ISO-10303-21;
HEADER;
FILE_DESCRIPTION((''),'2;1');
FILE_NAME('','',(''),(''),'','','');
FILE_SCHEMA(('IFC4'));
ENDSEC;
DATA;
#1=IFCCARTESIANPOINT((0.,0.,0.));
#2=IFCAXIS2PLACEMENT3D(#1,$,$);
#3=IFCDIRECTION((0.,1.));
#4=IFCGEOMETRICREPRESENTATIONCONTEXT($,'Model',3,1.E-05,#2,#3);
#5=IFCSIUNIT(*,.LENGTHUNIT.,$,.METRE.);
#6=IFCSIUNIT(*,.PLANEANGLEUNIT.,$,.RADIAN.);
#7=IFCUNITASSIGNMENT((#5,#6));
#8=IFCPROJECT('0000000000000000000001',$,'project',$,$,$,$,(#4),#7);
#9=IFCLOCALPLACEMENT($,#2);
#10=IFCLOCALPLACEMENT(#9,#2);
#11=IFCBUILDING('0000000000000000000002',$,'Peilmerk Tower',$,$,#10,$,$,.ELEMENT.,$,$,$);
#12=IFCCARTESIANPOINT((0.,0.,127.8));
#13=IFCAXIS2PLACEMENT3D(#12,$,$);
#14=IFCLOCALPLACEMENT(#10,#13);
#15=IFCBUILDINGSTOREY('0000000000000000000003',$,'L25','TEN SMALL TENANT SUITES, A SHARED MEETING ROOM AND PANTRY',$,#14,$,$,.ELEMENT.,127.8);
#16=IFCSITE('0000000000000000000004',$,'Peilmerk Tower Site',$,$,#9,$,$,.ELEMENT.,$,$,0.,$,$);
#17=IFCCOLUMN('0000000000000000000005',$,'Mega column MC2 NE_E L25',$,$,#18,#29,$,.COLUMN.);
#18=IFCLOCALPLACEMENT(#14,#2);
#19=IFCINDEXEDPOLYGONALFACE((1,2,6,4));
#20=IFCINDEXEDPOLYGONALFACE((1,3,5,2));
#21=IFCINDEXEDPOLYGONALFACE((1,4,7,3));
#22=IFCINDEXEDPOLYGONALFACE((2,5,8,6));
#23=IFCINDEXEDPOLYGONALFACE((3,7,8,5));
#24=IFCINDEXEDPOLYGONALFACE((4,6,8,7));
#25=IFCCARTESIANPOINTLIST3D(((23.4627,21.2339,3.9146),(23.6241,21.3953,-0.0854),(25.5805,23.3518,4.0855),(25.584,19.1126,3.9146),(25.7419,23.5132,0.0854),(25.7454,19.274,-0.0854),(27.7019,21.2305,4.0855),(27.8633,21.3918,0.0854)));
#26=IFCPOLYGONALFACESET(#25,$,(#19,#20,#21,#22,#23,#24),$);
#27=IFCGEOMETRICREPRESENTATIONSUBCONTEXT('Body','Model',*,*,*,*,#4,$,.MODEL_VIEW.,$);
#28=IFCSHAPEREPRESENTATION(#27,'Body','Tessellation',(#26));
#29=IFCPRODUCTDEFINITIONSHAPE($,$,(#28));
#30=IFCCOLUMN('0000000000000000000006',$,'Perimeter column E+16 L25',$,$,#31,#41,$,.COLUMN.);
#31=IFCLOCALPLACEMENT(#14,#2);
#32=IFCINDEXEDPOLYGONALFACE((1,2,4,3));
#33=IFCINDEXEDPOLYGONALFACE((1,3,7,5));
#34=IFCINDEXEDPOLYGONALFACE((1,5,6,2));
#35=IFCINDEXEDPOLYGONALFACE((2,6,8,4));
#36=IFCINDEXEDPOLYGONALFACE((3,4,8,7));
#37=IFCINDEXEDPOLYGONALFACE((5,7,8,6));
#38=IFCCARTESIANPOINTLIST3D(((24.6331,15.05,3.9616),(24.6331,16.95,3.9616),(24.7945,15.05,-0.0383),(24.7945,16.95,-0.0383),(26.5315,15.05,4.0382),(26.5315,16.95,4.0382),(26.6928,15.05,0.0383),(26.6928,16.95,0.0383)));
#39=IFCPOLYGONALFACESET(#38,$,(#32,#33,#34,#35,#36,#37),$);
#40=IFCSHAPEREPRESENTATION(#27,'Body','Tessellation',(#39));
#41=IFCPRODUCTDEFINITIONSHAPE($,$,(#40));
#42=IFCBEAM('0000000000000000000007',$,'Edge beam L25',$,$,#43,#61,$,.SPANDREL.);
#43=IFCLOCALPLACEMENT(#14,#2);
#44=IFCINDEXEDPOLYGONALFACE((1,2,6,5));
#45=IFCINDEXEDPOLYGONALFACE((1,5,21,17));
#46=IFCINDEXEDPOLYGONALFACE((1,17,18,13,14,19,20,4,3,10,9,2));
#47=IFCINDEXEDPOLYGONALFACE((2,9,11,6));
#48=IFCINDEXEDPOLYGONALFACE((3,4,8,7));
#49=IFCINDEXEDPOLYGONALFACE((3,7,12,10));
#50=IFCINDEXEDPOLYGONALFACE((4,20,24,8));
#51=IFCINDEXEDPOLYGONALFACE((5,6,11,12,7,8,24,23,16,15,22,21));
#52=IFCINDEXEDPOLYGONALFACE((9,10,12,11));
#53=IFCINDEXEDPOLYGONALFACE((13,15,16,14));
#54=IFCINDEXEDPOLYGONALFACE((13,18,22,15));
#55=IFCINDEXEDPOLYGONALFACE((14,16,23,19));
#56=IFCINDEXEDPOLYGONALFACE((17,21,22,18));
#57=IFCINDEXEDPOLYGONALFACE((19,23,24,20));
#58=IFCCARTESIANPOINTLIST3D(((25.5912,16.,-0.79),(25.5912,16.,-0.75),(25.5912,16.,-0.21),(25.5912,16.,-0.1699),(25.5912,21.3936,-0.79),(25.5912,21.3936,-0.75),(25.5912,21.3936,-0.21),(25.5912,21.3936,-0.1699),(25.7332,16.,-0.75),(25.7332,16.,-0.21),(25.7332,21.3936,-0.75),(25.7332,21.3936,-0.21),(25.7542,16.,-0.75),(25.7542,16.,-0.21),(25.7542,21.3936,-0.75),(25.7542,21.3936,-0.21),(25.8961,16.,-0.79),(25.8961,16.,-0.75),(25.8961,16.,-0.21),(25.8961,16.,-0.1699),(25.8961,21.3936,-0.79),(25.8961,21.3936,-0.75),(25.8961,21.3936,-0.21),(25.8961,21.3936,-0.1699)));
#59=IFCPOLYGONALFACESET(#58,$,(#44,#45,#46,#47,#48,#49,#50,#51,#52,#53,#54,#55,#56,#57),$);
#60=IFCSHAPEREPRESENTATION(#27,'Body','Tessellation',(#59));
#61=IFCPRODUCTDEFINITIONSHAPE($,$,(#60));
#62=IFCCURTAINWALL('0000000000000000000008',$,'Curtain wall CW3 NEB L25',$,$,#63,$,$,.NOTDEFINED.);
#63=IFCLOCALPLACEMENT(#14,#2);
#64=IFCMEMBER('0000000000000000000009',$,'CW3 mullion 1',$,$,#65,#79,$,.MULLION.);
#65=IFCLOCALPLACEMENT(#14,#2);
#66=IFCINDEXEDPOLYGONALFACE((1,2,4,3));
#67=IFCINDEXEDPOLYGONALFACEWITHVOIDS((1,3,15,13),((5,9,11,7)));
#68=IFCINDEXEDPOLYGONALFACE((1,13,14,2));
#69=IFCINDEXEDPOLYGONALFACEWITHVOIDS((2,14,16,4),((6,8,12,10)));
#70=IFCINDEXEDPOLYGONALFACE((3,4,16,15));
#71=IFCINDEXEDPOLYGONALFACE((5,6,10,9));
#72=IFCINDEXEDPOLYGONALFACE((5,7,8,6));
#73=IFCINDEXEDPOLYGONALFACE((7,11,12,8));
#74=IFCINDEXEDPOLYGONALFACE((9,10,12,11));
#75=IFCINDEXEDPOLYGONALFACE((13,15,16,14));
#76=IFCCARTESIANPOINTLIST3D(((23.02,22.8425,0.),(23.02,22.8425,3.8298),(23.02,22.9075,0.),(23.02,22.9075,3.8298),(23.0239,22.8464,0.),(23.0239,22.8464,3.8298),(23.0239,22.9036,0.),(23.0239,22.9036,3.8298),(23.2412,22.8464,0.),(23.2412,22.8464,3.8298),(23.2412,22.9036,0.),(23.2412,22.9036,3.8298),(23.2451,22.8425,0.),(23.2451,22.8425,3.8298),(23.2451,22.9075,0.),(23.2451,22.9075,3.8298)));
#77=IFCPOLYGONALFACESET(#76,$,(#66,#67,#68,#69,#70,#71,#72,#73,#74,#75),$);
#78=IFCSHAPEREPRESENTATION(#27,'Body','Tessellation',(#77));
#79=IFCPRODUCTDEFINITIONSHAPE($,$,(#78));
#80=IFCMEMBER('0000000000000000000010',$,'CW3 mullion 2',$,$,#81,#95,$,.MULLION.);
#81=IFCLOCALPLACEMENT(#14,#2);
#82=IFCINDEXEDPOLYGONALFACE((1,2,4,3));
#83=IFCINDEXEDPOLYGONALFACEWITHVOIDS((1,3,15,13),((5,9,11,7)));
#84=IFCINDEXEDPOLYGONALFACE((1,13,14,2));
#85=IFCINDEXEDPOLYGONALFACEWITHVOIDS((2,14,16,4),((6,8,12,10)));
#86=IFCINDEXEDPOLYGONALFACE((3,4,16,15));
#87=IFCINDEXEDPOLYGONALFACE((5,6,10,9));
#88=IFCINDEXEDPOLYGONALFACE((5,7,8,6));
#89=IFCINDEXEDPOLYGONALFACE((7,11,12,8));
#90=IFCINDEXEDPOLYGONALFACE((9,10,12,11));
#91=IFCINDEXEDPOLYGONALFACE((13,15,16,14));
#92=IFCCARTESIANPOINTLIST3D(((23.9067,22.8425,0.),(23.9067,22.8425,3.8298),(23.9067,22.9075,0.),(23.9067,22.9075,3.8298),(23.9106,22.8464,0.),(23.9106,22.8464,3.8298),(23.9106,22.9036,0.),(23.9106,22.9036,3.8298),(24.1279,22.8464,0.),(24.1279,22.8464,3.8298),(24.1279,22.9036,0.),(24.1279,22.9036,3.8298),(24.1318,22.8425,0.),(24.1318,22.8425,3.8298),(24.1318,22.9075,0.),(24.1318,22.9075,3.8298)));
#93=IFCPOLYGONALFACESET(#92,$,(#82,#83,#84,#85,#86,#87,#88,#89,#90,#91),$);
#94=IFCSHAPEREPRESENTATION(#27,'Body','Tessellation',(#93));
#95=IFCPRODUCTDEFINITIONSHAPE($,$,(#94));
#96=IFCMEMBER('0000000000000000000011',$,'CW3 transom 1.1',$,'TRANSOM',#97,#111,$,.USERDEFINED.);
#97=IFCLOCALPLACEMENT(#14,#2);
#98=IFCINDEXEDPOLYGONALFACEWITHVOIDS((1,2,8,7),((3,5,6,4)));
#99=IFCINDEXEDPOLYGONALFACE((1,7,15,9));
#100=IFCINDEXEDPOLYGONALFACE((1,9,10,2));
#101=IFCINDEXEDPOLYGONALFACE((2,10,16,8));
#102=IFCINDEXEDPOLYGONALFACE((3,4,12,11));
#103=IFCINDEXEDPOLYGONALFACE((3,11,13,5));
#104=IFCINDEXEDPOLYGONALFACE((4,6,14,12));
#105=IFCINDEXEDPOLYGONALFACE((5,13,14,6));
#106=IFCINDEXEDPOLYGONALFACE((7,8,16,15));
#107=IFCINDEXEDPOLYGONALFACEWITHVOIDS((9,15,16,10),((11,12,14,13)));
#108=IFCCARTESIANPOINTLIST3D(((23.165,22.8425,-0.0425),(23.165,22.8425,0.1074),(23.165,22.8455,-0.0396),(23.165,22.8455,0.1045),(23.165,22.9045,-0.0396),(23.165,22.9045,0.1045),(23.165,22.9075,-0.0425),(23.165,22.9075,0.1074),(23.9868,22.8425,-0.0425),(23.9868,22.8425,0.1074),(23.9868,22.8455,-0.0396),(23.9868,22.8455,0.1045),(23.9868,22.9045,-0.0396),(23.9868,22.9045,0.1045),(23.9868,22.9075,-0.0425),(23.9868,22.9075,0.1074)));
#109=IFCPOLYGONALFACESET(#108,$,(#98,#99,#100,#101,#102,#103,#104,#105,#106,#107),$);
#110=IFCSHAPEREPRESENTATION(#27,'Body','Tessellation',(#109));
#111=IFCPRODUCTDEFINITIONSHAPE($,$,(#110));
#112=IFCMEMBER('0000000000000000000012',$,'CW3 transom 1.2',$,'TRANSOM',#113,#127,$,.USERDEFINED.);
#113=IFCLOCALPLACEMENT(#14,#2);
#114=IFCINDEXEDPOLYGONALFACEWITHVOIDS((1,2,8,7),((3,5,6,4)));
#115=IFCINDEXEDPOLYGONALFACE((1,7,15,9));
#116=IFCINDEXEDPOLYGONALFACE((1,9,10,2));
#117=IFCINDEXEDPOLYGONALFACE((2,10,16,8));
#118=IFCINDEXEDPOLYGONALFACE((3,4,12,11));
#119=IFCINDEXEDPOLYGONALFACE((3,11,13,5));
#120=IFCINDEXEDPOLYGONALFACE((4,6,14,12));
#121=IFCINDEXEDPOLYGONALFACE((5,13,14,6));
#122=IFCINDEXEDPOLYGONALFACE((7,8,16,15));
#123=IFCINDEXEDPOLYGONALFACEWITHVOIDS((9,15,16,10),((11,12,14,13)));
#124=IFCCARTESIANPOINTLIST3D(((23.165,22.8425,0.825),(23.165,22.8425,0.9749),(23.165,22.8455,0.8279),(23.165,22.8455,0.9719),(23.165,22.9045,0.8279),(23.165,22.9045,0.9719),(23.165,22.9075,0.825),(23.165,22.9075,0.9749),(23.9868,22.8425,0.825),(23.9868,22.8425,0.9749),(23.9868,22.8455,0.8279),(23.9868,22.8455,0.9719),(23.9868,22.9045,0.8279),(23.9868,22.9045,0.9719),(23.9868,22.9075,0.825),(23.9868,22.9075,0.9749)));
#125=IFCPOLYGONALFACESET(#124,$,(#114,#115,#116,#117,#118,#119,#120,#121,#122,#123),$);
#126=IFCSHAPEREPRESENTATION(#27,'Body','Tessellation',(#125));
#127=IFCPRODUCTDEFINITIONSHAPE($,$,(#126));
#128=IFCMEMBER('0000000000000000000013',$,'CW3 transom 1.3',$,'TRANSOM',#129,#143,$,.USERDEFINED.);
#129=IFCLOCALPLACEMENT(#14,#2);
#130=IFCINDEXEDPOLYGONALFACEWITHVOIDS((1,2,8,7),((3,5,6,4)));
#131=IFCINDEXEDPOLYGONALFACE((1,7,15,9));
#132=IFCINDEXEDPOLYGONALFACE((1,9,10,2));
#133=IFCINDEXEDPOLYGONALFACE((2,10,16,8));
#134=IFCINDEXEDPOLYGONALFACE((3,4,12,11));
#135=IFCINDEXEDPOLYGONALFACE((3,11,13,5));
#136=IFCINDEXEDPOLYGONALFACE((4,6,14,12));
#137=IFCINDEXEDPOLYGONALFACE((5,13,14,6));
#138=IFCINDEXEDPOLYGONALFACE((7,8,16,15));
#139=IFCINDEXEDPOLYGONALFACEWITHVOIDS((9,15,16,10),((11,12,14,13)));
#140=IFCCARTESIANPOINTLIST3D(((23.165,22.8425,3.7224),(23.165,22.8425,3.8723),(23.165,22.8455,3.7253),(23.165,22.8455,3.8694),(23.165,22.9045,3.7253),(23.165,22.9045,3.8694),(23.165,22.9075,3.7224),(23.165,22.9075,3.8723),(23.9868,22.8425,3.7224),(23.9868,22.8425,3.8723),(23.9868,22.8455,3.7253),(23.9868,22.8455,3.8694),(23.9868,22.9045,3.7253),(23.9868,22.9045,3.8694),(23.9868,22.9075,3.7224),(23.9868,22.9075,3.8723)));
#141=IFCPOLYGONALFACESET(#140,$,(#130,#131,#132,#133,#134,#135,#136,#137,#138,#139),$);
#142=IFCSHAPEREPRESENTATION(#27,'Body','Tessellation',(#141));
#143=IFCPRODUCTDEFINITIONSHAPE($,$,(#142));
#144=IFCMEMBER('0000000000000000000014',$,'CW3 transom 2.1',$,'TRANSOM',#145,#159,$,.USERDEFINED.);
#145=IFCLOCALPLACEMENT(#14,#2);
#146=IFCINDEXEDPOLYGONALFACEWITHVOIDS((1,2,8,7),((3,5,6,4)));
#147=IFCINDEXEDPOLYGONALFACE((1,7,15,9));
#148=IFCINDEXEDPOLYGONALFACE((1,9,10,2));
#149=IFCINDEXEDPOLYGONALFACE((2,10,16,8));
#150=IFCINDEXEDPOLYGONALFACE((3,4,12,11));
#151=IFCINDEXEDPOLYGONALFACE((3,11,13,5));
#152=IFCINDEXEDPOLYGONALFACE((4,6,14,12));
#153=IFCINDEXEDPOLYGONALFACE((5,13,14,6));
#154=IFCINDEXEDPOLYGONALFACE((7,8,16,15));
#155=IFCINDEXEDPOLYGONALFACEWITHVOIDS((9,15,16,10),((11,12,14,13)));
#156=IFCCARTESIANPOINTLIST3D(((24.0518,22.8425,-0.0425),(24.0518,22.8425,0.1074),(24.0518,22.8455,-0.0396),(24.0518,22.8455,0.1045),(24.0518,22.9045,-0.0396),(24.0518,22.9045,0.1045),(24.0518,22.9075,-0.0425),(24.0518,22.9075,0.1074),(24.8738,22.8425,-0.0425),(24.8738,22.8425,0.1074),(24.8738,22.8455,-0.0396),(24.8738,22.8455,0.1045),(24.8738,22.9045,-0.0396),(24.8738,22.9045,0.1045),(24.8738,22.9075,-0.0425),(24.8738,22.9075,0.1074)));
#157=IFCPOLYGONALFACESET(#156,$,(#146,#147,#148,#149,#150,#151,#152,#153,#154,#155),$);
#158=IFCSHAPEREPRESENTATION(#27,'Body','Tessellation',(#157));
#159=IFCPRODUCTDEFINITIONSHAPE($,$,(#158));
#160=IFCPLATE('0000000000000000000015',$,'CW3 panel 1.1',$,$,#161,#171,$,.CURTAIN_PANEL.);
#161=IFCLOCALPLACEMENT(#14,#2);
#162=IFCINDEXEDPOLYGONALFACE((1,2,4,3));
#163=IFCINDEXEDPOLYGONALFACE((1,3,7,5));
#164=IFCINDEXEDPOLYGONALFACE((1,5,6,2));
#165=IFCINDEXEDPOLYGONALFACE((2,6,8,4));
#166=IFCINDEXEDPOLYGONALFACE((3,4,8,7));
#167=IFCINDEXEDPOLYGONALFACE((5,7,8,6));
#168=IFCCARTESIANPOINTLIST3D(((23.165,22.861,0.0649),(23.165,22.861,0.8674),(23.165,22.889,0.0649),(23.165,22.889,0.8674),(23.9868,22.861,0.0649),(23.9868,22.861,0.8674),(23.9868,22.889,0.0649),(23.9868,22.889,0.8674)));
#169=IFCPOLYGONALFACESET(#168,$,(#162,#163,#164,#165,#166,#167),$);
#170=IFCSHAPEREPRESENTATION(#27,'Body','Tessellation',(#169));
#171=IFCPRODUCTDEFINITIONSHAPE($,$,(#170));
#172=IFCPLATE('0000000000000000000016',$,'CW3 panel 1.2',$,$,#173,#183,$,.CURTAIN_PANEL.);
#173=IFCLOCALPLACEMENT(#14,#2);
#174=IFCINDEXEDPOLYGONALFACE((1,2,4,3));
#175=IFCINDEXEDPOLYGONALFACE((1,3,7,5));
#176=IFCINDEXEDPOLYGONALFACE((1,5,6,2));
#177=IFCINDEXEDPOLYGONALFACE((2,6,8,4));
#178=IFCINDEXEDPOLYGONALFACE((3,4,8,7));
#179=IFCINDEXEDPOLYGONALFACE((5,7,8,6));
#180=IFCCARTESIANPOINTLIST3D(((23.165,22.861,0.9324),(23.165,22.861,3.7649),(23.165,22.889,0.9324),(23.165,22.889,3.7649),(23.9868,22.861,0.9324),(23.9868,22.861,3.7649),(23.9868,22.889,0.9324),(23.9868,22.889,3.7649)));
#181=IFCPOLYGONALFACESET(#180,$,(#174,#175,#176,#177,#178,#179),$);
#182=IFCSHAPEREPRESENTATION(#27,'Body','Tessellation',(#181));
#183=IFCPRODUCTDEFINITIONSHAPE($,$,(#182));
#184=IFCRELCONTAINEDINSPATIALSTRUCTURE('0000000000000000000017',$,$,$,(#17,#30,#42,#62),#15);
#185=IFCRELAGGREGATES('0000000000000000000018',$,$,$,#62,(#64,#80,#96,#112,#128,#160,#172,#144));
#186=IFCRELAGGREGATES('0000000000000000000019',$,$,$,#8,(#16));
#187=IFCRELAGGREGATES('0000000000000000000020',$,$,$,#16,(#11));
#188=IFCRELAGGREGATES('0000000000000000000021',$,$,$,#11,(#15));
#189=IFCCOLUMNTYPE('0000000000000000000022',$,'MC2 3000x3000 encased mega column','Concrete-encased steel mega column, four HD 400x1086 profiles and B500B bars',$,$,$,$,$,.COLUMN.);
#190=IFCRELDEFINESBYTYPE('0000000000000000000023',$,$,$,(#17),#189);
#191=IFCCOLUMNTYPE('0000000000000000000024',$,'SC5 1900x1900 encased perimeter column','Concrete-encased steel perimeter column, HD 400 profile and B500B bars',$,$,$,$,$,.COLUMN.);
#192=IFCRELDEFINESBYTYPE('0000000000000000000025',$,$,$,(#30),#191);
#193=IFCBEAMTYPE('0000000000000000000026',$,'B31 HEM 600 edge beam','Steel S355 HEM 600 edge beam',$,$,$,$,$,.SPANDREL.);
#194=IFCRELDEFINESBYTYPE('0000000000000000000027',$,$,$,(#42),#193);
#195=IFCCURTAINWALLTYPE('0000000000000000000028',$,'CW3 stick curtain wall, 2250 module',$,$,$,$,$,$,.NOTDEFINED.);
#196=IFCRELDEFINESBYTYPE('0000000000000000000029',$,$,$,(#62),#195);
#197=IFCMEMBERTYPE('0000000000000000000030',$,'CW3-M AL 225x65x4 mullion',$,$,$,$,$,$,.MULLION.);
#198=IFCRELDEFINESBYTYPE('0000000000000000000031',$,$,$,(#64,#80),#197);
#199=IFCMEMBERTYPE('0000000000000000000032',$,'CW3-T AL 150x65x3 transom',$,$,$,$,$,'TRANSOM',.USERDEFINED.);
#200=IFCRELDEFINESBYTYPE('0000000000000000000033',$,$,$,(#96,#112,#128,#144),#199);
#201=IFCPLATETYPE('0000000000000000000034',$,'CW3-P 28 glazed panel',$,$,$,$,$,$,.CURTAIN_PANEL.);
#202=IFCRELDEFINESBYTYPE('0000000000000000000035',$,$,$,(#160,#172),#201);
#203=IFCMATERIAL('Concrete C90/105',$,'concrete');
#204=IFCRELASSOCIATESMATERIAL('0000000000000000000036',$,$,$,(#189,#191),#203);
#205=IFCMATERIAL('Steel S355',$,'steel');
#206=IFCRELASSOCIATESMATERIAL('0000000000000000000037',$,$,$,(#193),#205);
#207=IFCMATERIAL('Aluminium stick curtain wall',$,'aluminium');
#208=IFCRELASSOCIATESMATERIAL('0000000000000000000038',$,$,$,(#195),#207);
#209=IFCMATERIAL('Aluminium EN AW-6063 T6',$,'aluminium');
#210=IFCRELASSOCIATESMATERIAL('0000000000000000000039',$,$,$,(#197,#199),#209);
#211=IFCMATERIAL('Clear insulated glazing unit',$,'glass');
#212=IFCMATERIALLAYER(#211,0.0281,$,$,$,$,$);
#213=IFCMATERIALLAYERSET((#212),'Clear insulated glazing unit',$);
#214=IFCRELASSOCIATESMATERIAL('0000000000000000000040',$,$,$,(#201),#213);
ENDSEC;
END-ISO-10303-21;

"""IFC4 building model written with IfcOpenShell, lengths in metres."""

from ifc_helpers import new_model, si_unit, direction, frame, origin, origin_2d, place, context, subcontext, project, spatial, rectangle, hollow_rectangle, i_section, extrude, material, layer, layer_set, material_profile, profile_set, type_object, element, aggregate, save


model = new_model("IFC4")

# Units and contexts
model_context = context("Model", 3, precision=1e-05, world=origin(), true_north=direction((0.0, 1.0)))
body_context = subcontext(model_context, "Body", "Model", "MODEL_VIEW")
ifc_project = project(units=[si_unit("LENGTHUNIT", "METRE"), si_unit("PLANEANGLEUNIT", "RADIAN")], contexts=[model_context])

# Site, building, storey
site_placement = place(None, origin())
site = spatial("IfcSite", under=ifc_project, at=site_placement, Name="Peilmerk Tower Site", CompositionType="ELEMENT", RefElevation=0.0)
building_placement = place(site_placement, origin())
building = spatial("IfcBuilding", under=site, at=building_placement, Name="Peilmerk Tower", CompositionType="ELEMENT")
storey_placement = place(building_placement, frame((0.0, 0.0, 127.8)))
storey = spatial("IfcBuildingStorey", under=building, at=storey_placement, Name="L25", Description="TEN SMALL TENANT SUITES, A SHARED MEETING ROOM AND PANTRY", CompositionType="ELEMENT", Elevation=127.8)

# Columns
ifc_material_1 = material(Name="Concrete C90/105", Category="concrete")
ifc_material_profile_1 = material_profile(ifc_material_1, rectangle(XDim=3.0, YDim=3.0, at=origin_2d()), Name="RC 3000x3000")
ifc_profile_set_1 = profile_set([ifc_material_profile_1], Name="Concrete C90/105")
column_type_1 = type_object("IfcColumnType", Name="MC2 3000x3000 encased mega column", Description="Concrete-encased steel mega column, four HD 400x1086 profiles and B500B bars", PredefinedType="COLUMN", material=ifc_profile_set_1)
column_1_placement = place(storey_placement, frame((25.7437, 21.3936, 0.0), z_axis=(-0.040279, -0.040279, 0.998376), x_axis=(0.707107, -0.707107, 0.0)))
element("IfcColumn", 1, at=column_1_placement, inside=storey, type_object=column_type_1, Name="Mega column MC2 NE_E L25", PredefinedType="COLUMN", context=body_context, shape_type="SweptSolid", body=[
    extrude(rectangle(XDim=3.0, YDim=3.0, at=origin_2d()), origin(), (0.0, 0.0, 1.0), 4.0066),
])
ifc_material_profile_2 = material_profile(ifc_material_1, rectangle(XDim=1.8999, YDim=1.8999, at=origin_2d()), Name="RC 1900x1900")
ifc_profile_set_2 = profile_set([ifc_material_profile_2], Name="Concrete C90/105")
column_type_2 = type_object("IfcColumnType", Name="SC5 1900x1900 encased perimeter column", Description="Concrete-encased steel perimeter column, HD 400 profile and B500B bars", PredefinedType="COLUMN", material=ifc_profile_set_2)
column_2_placement = place(storey_placement, frame((25.7437, 16.0, 0.0), z_axis=(-0.040311, 0.0, 0.999187), x_axis=(0.0, -1.0, 0.0)))
element("IfcColumn", 2, at=column_2_placement, inside=storey, type_object=column_type_2, Name="Perimeter column E+16 L25", PredefinedType="COLUMN", context=body_context, shape_type="SweptSolid", body=[
    extrude(rectangle(XDim=1.8999, YDim=1.8999, at=origin_2d()), origin(), (0.0, 0.0, 1.0), 4.0032),
])

# Beam
ifc_material_2 = material(Name="Steel S355", Category="steel")
ifc_material_profile_3 = material_profile(ifc_material_2, i_section(OverallWidth=0.3049, OverallDepth=0.6201, WebThickness=0.021, FlangeThickness=0.04, at=origin_2d()), Name="HEM 600")
ifc_profile_set_3 = profile_set([ifc_material_profile_3], Name="Steel S355")
beam_type = type_object("IfcBeamType", Name="B31 HEM 600 edge beam", Description="Steel S355 HEM 600 edge beam", PredefinedType="SPANDREL", material=ifc_profile_set_3)
beam_placement = place(storey_placement, frame((25.7437, 16.0, -0.48), z_axis=(0.0, 1.0, 0.0), x_axis=(-1.0, 0.0, 0.0)))
element("IfcBeam", 3, at=beam_placement, inside=storey, type_object=beam_type, Name="Edge beam L25", PredefinedType="SPANDREL", context=body_context, shape_type="SweptSolid", body=[
    extrude(i_section(OverallWidth=0.3049, OverallDepth=0.6201, WebThickness=0.021, FlangeThickness=0.04, at=origin_2d()), origin(), (0.0, 0.0, 1.0), 5.3936),
])

# Curtain wall, members, plates
ifc_material_3 = material(Name="Aluminium stick curtain wall", Category="aluminium")
curtain_wall_type = type_object("IfcCurtainWallType", Name="CW3 stick curtain wall, 2250 module", PredefinedType="NOTDEFINED", material=ifc_material_3)
curtain_wall_placement = place(storey_placement, origin())
curtain_wall = element("IfcCurtainWall", 4, at=curtain_wall_placement, inside=storey, type_object=curtain_wall_type, Name="Curtain wall CW3 NEB L25", PredefinedType="NOTDEFINED")
ifc_material_4 = material(Name="Aluminium EN AW-6063 T6", Category="aluminium")
ifc_material_profile_4 = material_profile(ifc_material_4, hollow_rectangle(XDim=0.0649, YDim=0.2251, WallThickness=0.0039, at=origin_2d()), Name="AL 225x65x4")
ifc_profile_set_4 = profile_set([ifc_material_profile_4], Name="Aluminium EN AW-6063 T6")
member_type_1 = type_object("IfcMemberType", Name="CW3-M AL 225x65x4 mullion", PredefinedType="MULLION", material=ifc_profile_set_4)
member_1_placement = place(storey_placement, frame((23.1326, 22.875, 0.0), z_axis=(0.0, 0.0, 1.0), x_axis=(0.0, 1.0, 0.0)))
member_1 = element("IfcMember", 5, at=member_1_placement, type_object=member_type_1, Name="CW3 mullion 1", PredefinedType="MULLION", context=body_context, shape_type="SweptSolid", body=[
    extrude(hollow_rectangle(XDim=0.0649, YDim=0.2251, WallThickness=0.0039, at=origin_2d()), origin(), (0.0, 0.0, 1.0), 3.8298),
])
member_2_placement = place(storey_placement, frame((24.0193, 22.875, 0.0), z_axis=(0.0, 0.0, 1.0), x_axis=(0.0, 1.0, 0.0)))
member_2 = element("IfcMember", 6, at=member_2_placement, type_object=member_type_1, Name="CW3 mullion 2", PredefinedType="MULLION", context=body_context, shape_type="SweptSolid", body=[
    extrude(hollow_rectangle(XDim=0.0649, YDim=0.2251, WallThickness=0.0039, at=origin_2d()), origin(), (0.0, 0.0, 1.0), 3.8298),
])
ifc_material_profile_5 = material_profile(ifc_material_4, hollow_rectangle(XDim=0.0649, YDim=0.1499, WallThickness=0.0029, at=origin_2d()), Name="AL 150x65x3")
ifc_profile_set_5 = profile_set([ifc_material_profile_5], Name="Aluminium EN AW-6063 T6")
member_type_2 = type_object("IfcMemberType", Name="CW3-T AL 150x65x3 transom", ElementType="TRANSOM", PredefinedType="USERDEFINED", material=ifc_profile_set_5)
member_3_placement = place(storey_placement, frame((23.165, 22.875, 0.0325), z_axis=(1.0, 0.0, 0.0), x_axis=(0.0, 1.0, 0.0)))
member_3 = element("IfcMember", 7, at=member_3_placement, type_object=member_type_2, Name="CW3 transom 1.1", ObjectType="TRANSOM", PredefinedType="USERDEFINED", context=body_context, shape_type="SweptSolid", body=[
    extrude(hollow_rectangle(XDim=0.0649, YDim=0.1499, WallThickness=0.0029, at=origin_2d()), origin(), (0.0, 0.0, 1.0), 0.8218),
])
member_4_placement = place(storey_placement, frame((23.165, 22.875, 0.8999), z_axis=(1.0, 0.0, 0.0), x_axis=(0.0, 1.0, 0.0)))
member_4 = element("IfcMember", 8, at=member_4_placement, type_object=member_type_2, Name="CW3 transom 1.2", ObjectType="TRANSOM", PredefinedType="USERDEFINED", context=body_context, shape_type="SweptSolid", body=[
    extrude(hollow_rectangle(XDim=0.0649, YDim=0.1499, WallThickness=0.0029, at=origin_2d()), origin(), (0.0, 0.0, 1.0), 0.8218),
])
member_5_placement = place(storey_placement, frame((23.165, 22.875, 3.7974), z_axis=(1.0, 0.0, 0.0), x_axis=(0.0, 1.0, 0.0)))
member_5 = element("IfcMember", 9, at=member_5_placement, type_object=member_type_2, Name="CW3 transom 1.3", ObjectType="TRANSOM", PredefinedType="USERDEFINED", context=body_context, shape_type="SweptSolid", body=[
    extrude(hollow_rectangle(XDim=0.0649, YDim=0.1499, WallThickness=0.0029, at=origin_2d()), origin(), (0.0, 0.0, 1.0), 0.8218),
])
member_6_placement = place(storey_placement, frame((24.0518, 22.875, 0.0325), z_axis=(1.0, 0.0, 0.0), x_axis=(0.0, 1.0, 0.0)))
member_6 = element("IfcMember", 10, at=member_6_placement, type_object=member_type_2, Name="CW3 transom 2.1", ObjectType="TRANSOM", PredefinedType="USERDEFINED", context=body_context, shape_type="SweptSolid", body=[
    extrude(hollow_rectangle(XDim=0.0649, YDim=0.1499, WallThickness=0.0029, at=origin_2d()), origin(), (0.0, 0.0, 1.0), 0.822),
])
ifc_material_5 = material(Name="Clear insulated glazing unit", Category="glass")
ifc_layer = layer(ifc_material_5, 0.0281)
ifc_layer_set = layer_set([ifc_layer], Name="Clear insulated glazing unit")
plate_type = type_object("IfcPlateType", Name="CW3-P 28 glazed panel", PredefinedType="CURTAIN_PANEL", material=ifc_layer_set)
plate_1_placement = place(storey_placement, frame((23.5759, 22.875, 0.0649), z_axis=(0.0, 0.0, 1.0), x_axis=(1.0, 0.0, 0.0)))
plate_1 = element("IfcPlate", 11, at=plate_1_placement, type_object=plate_type, Name="CW3 panel 1.1", PredefinedType="CURTAIN_PANEL", context=body_context, shape_type="SweptSolid", body=[
    extrude(rectangle(XDim=0.8218, YDim=0.0281, at=origin_2d()), origin(), (0.0, 0.0, 1.0), 0.8025),
])
plate_2_placement = place(storey_placement, frame((23.5759, 22.875, 0.9324), z_axis=(0.0, 0.0, 1.0), x_axis=(1.0, 0.0, 0.0)))
plate_2 = element("IfcPlate", 12, at=plate_2_placement, type_object=plate_type, Name="CW3 panel 1.2", PredefinedType="CURTAIN_PANEL", context=body_context, shape_type="SweptSolid", body=[
    extrude(rectangle(XDim=0.8218, YDim=0.0281, at=origin_2d()), origin(), (0.0, 0.0, 1.0), 2.8325),
])
aggregate(curtain_wall, [member_1, member_2, member_3, member_4, member_5, plate_1, plate_2, member_6])

save(model, "model.ifc")
